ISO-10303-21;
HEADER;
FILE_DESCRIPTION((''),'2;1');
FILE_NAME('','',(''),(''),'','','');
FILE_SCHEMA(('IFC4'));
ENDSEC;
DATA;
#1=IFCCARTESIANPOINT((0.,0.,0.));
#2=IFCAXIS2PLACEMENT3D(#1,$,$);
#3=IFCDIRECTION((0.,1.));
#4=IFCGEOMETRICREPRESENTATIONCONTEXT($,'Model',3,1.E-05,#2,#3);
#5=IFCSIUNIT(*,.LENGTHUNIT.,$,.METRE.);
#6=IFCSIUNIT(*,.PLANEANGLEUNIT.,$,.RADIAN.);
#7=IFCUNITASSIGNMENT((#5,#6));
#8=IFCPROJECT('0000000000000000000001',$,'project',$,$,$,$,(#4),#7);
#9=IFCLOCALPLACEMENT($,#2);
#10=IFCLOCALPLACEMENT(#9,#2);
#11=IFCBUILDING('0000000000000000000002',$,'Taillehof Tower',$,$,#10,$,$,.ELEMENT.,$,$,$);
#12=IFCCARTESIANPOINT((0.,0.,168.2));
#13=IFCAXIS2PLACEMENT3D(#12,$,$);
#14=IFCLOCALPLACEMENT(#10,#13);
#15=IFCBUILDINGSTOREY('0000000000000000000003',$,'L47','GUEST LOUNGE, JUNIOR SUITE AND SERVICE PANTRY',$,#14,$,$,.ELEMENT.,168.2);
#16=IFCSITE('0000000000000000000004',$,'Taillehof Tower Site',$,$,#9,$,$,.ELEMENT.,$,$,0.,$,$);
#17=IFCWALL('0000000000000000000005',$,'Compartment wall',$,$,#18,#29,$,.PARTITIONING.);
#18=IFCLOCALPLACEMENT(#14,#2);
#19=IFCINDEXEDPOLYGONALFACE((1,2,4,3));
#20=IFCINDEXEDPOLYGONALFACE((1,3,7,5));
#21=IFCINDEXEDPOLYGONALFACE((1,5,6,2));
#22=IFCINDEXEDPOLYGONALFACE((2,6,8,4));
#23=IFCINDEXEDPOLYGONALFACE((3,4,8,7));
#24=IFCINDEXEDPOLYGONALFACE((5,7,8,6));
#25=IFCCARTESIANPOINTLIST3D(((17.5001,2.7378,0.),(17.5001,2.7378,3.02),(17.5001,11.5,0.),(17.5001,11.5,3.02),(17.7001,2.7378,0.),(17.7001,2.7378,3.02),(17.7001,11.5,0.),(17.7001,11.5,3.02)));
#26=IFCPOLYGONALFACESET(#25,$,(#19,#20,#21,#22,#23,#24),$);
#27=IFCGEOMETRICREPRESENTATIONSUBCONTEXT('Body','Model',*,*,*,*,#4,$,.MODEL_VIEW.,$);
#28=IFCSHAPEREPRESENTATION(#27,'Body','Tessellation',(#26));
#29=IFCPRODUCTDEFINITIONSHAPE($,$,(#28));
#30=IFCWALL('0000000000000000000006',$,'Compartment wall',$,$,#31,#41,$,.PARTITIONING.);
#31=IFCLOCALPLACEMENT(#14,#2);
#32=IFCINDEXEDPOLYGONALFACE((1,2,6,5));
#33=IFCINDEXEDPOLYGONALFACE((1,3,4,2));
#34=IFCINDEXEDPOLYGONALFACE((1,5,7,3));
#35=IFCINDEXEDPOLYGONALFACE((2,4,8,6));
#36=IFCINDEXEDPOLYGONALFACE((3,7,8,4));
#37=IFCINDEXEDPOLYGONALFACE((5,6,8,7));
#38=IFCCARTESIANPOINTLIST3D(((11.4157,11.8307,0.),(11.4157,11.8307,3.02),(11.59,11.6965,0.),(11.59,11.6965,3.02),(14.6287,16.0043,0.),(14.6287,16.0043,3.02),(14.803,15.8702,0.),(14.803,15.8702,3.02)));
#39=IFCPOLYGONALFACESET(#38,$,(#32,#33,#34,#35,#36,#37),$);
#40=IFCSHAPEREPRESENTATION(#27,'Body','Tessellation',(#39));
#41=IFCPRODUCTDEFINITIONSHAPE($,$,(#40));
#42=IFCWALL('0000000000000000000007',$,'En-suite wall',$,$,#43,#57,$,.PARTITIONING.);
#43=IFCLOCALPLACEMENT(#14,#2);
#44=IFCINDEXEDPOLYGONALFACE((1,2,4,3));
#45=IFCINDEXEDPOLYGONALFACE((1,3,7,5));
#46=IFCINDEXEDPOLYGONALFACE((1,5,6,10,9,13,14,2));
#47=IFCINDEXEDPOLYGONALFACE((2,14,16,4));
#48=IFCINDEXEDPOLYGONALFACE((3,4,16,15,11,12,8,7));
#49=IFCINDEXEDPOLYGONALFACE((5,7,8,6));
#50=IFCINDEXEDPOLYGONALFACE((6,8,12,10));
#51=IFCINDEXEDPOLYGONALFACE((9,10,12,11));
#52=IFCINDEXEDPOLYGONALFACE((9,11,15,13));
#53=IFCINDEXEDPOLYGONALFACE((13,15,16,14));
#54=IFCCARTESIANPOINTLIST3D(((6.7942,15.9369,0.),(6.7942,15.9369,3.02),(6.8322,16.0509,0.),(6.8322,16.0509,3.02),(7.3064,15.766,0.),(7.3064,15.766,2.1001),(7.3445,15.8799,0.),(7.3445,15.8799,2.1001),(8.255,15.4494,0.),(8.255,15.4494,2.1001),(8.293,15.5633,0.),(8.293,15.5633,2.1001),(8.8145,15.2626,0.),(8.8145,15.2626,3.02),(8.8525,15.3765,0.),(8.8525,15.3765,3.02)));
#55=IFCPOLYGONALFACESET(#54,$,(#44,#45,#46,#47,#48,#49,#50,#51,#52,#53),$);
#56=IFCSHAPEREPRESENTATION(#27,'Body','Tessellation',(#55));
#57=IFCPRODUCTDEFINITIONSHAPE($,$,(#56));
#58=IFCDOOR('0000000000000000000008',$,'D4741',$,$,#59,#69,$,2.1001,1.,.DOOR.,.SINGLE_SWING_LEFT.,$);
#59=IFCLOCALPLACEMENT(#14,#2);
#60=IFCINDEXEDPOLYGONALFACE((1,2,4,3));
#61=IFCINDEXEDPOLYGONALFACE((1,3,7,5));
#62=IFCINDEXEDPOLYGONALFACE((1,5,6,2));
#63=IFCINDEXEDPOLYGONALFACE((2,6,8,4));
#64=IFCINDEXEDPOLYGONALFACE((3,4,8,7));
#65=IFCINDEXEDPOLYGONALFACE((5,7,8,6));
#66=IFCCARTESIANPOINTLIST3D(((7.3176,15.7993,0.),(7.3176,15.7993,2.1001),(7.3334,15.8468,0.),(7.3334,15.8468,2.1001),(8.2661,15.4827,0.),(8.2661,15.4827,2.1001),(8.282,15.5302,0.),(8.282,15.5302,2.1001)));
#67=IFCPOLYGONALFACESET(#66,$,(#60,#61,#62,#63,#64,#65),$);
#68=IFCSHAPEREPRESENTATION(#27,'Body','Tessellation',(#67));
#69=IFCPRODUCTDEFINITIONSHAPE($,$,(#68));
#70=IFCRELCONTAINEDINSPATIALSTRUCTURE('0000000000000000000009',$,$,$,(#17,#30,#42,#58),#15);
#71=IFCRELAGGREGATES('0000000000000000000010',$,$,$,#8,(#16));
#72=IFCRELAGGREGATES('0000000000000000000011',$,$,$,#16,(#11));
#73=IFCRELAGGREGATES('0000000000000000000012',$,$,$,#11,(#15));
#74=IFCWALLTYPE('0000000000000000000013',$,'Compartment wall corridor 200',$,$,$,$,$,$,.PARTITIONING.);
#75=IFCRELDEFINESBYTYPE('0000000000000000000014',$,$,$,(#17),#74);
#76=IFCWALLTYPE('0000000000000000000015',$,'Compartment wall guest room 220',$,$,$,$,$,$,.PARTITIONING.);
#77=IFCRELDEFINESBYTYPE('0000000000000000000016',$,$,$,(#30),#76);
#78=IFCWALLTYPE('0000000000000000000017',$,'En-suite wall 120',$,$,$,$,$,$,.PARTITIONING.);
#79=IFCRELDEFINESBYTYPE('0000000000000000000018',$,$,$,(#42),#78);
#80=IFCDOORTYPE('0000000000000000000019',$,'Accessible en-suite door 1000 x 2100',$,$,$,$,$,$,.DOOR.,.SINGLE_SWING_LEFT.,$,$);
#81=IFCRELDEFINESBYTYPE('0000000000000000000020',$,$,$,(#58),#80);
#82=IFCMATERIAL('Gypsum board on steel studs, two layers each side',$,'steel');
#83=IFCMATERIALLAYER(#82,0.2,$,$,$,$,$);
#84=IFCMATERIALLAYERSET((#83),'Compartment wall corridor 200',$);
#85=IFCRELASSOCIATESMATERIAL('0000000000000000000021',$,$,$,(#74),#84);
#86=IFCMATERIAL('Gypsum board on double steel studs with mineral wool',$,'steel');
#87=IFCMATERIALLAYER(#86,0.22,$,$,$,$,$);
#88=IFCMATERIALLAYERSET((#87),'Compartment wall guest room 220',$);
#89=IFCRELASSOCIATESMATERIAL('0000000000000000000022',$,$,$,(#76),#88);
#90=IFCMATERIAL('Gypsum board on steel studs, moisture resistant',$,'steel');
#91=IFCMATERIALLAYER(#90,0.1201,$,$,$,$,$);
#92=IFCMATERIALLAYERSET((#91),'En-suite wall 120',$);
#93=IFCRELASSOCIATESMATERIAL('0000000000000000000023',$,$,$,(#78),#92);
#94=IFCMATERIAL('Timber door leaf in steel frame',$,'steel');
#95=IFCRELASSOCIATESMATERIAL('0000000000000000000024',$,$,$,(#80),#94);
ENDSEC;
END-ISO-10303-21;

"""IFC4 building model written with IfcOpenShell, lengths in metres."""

from ifc_helpers import new_model, si_unit, direction, frame, frame_2d, origin, place, context, subcontext, project, spatial, rectangle, extrude, material, layer, layer_set, type_object, element, fill, save


model = new_model("IFC4")

# Units and contexts
model_context = context("Model", 3, precision=1e-05, world=origin(), true_north=direction((0.0, 1.0)))
body_context = subcontext(model_context, "Body", "Model", "MODEL_VIEW")
ifc_project = project(units=[si_unit("LENGTHUNIT", "METRE"), si_unit("PLANEANGLEUNIT", "RADIAN")], contexts=[model_context])

# Site, building, storey
site_placement = place(None, origin())
site = spatial("IfcSite", under=ifc_project, at=site_placement, Name="Taillehof Tower Site", CompositionType="ELEMENT", RefElevation=0.0)
building_placement = place(site_placement, origin())
building = spatial("IfcBuilding", under=site, at=building_placement, Name="Taillehof Tower", CompositionType="ELEMENT")
storey_placement = place(building_placement, frame((0.0, 0.0, 168.2)))
storey = spatial("IfcBuildingStorey", under=building, at=storey_placement, Name="L47", Description="GUEST LOUNGE, JUNIOR SUITE AND SERVICE PANTRY", CompositionType="ELEMENT", Elevation=168.2)

# Shared definitions
ifc_material_1 = material(Name="Gypsum board on steel studs, two layers each side", Category="steel")
ifc_layer_1 = layer(ifc_material_1, 0.2)
ifc_layer_set_1 = layer_set([ifc_layer_1], Name="Compartment wall corridor 200")
wall_type_1 = type_object("IfcWallType", Name="Compartment wall corridor 200", PredefinedType="PARTITIONING", material=ifc_layer_set_1)

# Walls
wall_1_placement = place(storey_placement, frame((17.6001, 11.5, 0.0), z_axis=(0.0, 0.0, 1.0), x_axis=(0.0, -1.0, 0.0)))
element("IfcWall", 1, at=wall_1_placement, inside=storey, type_object=wall_type_1, Name="Compartment wall", PredefinedType="PARTITIONING", context=body_context, shape_type="SweptSolid", body=[
    extrude(rectangle(XDim=8.7622, YDim=0.2, at=frame_2d((4.3811, 0.0))), origin(), (0.0, 0.0, 1.0), 3.02),
])
ifc_material_2 = material(Name="Gypsum board on double steel studs with mineral wool", Category="steel")
ifc_layer_2 = layer(ifc_material_2, 0.22)
ifc_layer_set_2 = layer_set([ifc_layer_2], Name="Compartment wall guest room 220")
wall_type_2 = type_object("IfcWallType", Name="Compartment wall guest room 220", PredefinedType="PARTITIONING", material=ifc_layer_set_2)
wall_2_placement = place(storey_placement, frame((14.7158, 15.9373, 0.0), z_axis=(0.0, 0.0, 1.0), x_axis=(-0.610002, -0.7924, 0.0)))
element("IfcWall", 2, at=wall_2_placement, inside=storey, type_object=wall_type_2, Name="Compartment wall", PredefinedType="PARTITIONING", context=body_context, shape_type="SweptSolid", body=[
    extrude(rectangle(XDim=5.2671, YDim=0.22, at=frame_2d((2.6335, 0.0))), origin(), (0.0, 0.0, 1.0), 3.02),
])

# Wall, opening, door
ifc_material_3 = material(Name="Gypsum board on steel studs, moisture resistant", Category="steel")
ifc_layer_3 = layer(ifc_material_3, 0.1201)
ifc_layer_set_3 = layer_set([ifc_layer_3], Name="En-suite wall 120")
wall_type_3 = type_object("IfcWallType", Name="En-suite wall 120", PredefinedType="PARTITIONING", material=ifc_layer_set_3)
wall_3_placement = place(storey_placement, frame((8.8335, 15.3196, 0.0), z_axis=(0.0, 0.0, 1.0), x_axis=(-0.948557, 0.316606, 0.0)))
wall_3 = element("IfcWall", 3, at=wall_3_placement, inside=storey, type_object=wall_type_3, Name="En-suite wall", PredefinedType="PARTITIONING", context=body_context, shape_type="SweptSolid", body=[
    extrude(rectangle(XDim=2.1299, YDim=0.1201, at=frame_2d((1.0649, 0.0))), origin(), (0.0, 0.0, 1.0), 3.02),
])
opening_1_placement = place(wall_3_placement, frame((0.5898, 0.0, 0.0)))
opening_1 = element("IfcOpeningElement", 4, at=opening_1_placement, cuts=wall_3, PredefinedType="OPENING", context=body_context, shape_type="SweptSolid", body=[
    extrude(rectangle(XDim=1.0, YDim=2.1001, at=frame_2d((0.5, 1.05))), frame((0.0, 0.0701, 0.0), z_axis=(0.0, -1.0, 0.0), x_axis=(1.0, 0.0, 0.0)), (0.0, 0.0, 1.0), 0.1401),
])
ifc_material_4 = material(Name="Timber door leaf in steel frame", Category="steel")
door_type_1 = type_object("IfcDoorType", Name="Accessible en-suite door 1000 x 2100", OperationType="SINGLE_SWING_LEFT", PredefinedType="DOOR", material=ifc_material_4)
door_1_placement = place(opening_1_placement, origin())
door_1 = element("IfcDoor", 5, at=door_1_placement, inside=storey, type_object=door_type_1, Name="D4741", OperationType="SINGLE_SWING_LEFT", OverallHeight=2.1001, OverallWidth=1.0, PredefinedType="DOOR", context=body_context, shape_type="SweptSolid", body=[
    extrude(rectangle(XDim=1.0, YDim=2.1001, at=frame_2d((0.5, 1.05))), frame((0.0, 0.0249, 0.0), z_axis=(0.0, -1.0, 0.0), x_axis=(1.0, 0.0, 0.0)), (0.0, 0.0, 1.0), 0.05),
])
fill(opening_1, door_1)

save(model, "model.ifc")
